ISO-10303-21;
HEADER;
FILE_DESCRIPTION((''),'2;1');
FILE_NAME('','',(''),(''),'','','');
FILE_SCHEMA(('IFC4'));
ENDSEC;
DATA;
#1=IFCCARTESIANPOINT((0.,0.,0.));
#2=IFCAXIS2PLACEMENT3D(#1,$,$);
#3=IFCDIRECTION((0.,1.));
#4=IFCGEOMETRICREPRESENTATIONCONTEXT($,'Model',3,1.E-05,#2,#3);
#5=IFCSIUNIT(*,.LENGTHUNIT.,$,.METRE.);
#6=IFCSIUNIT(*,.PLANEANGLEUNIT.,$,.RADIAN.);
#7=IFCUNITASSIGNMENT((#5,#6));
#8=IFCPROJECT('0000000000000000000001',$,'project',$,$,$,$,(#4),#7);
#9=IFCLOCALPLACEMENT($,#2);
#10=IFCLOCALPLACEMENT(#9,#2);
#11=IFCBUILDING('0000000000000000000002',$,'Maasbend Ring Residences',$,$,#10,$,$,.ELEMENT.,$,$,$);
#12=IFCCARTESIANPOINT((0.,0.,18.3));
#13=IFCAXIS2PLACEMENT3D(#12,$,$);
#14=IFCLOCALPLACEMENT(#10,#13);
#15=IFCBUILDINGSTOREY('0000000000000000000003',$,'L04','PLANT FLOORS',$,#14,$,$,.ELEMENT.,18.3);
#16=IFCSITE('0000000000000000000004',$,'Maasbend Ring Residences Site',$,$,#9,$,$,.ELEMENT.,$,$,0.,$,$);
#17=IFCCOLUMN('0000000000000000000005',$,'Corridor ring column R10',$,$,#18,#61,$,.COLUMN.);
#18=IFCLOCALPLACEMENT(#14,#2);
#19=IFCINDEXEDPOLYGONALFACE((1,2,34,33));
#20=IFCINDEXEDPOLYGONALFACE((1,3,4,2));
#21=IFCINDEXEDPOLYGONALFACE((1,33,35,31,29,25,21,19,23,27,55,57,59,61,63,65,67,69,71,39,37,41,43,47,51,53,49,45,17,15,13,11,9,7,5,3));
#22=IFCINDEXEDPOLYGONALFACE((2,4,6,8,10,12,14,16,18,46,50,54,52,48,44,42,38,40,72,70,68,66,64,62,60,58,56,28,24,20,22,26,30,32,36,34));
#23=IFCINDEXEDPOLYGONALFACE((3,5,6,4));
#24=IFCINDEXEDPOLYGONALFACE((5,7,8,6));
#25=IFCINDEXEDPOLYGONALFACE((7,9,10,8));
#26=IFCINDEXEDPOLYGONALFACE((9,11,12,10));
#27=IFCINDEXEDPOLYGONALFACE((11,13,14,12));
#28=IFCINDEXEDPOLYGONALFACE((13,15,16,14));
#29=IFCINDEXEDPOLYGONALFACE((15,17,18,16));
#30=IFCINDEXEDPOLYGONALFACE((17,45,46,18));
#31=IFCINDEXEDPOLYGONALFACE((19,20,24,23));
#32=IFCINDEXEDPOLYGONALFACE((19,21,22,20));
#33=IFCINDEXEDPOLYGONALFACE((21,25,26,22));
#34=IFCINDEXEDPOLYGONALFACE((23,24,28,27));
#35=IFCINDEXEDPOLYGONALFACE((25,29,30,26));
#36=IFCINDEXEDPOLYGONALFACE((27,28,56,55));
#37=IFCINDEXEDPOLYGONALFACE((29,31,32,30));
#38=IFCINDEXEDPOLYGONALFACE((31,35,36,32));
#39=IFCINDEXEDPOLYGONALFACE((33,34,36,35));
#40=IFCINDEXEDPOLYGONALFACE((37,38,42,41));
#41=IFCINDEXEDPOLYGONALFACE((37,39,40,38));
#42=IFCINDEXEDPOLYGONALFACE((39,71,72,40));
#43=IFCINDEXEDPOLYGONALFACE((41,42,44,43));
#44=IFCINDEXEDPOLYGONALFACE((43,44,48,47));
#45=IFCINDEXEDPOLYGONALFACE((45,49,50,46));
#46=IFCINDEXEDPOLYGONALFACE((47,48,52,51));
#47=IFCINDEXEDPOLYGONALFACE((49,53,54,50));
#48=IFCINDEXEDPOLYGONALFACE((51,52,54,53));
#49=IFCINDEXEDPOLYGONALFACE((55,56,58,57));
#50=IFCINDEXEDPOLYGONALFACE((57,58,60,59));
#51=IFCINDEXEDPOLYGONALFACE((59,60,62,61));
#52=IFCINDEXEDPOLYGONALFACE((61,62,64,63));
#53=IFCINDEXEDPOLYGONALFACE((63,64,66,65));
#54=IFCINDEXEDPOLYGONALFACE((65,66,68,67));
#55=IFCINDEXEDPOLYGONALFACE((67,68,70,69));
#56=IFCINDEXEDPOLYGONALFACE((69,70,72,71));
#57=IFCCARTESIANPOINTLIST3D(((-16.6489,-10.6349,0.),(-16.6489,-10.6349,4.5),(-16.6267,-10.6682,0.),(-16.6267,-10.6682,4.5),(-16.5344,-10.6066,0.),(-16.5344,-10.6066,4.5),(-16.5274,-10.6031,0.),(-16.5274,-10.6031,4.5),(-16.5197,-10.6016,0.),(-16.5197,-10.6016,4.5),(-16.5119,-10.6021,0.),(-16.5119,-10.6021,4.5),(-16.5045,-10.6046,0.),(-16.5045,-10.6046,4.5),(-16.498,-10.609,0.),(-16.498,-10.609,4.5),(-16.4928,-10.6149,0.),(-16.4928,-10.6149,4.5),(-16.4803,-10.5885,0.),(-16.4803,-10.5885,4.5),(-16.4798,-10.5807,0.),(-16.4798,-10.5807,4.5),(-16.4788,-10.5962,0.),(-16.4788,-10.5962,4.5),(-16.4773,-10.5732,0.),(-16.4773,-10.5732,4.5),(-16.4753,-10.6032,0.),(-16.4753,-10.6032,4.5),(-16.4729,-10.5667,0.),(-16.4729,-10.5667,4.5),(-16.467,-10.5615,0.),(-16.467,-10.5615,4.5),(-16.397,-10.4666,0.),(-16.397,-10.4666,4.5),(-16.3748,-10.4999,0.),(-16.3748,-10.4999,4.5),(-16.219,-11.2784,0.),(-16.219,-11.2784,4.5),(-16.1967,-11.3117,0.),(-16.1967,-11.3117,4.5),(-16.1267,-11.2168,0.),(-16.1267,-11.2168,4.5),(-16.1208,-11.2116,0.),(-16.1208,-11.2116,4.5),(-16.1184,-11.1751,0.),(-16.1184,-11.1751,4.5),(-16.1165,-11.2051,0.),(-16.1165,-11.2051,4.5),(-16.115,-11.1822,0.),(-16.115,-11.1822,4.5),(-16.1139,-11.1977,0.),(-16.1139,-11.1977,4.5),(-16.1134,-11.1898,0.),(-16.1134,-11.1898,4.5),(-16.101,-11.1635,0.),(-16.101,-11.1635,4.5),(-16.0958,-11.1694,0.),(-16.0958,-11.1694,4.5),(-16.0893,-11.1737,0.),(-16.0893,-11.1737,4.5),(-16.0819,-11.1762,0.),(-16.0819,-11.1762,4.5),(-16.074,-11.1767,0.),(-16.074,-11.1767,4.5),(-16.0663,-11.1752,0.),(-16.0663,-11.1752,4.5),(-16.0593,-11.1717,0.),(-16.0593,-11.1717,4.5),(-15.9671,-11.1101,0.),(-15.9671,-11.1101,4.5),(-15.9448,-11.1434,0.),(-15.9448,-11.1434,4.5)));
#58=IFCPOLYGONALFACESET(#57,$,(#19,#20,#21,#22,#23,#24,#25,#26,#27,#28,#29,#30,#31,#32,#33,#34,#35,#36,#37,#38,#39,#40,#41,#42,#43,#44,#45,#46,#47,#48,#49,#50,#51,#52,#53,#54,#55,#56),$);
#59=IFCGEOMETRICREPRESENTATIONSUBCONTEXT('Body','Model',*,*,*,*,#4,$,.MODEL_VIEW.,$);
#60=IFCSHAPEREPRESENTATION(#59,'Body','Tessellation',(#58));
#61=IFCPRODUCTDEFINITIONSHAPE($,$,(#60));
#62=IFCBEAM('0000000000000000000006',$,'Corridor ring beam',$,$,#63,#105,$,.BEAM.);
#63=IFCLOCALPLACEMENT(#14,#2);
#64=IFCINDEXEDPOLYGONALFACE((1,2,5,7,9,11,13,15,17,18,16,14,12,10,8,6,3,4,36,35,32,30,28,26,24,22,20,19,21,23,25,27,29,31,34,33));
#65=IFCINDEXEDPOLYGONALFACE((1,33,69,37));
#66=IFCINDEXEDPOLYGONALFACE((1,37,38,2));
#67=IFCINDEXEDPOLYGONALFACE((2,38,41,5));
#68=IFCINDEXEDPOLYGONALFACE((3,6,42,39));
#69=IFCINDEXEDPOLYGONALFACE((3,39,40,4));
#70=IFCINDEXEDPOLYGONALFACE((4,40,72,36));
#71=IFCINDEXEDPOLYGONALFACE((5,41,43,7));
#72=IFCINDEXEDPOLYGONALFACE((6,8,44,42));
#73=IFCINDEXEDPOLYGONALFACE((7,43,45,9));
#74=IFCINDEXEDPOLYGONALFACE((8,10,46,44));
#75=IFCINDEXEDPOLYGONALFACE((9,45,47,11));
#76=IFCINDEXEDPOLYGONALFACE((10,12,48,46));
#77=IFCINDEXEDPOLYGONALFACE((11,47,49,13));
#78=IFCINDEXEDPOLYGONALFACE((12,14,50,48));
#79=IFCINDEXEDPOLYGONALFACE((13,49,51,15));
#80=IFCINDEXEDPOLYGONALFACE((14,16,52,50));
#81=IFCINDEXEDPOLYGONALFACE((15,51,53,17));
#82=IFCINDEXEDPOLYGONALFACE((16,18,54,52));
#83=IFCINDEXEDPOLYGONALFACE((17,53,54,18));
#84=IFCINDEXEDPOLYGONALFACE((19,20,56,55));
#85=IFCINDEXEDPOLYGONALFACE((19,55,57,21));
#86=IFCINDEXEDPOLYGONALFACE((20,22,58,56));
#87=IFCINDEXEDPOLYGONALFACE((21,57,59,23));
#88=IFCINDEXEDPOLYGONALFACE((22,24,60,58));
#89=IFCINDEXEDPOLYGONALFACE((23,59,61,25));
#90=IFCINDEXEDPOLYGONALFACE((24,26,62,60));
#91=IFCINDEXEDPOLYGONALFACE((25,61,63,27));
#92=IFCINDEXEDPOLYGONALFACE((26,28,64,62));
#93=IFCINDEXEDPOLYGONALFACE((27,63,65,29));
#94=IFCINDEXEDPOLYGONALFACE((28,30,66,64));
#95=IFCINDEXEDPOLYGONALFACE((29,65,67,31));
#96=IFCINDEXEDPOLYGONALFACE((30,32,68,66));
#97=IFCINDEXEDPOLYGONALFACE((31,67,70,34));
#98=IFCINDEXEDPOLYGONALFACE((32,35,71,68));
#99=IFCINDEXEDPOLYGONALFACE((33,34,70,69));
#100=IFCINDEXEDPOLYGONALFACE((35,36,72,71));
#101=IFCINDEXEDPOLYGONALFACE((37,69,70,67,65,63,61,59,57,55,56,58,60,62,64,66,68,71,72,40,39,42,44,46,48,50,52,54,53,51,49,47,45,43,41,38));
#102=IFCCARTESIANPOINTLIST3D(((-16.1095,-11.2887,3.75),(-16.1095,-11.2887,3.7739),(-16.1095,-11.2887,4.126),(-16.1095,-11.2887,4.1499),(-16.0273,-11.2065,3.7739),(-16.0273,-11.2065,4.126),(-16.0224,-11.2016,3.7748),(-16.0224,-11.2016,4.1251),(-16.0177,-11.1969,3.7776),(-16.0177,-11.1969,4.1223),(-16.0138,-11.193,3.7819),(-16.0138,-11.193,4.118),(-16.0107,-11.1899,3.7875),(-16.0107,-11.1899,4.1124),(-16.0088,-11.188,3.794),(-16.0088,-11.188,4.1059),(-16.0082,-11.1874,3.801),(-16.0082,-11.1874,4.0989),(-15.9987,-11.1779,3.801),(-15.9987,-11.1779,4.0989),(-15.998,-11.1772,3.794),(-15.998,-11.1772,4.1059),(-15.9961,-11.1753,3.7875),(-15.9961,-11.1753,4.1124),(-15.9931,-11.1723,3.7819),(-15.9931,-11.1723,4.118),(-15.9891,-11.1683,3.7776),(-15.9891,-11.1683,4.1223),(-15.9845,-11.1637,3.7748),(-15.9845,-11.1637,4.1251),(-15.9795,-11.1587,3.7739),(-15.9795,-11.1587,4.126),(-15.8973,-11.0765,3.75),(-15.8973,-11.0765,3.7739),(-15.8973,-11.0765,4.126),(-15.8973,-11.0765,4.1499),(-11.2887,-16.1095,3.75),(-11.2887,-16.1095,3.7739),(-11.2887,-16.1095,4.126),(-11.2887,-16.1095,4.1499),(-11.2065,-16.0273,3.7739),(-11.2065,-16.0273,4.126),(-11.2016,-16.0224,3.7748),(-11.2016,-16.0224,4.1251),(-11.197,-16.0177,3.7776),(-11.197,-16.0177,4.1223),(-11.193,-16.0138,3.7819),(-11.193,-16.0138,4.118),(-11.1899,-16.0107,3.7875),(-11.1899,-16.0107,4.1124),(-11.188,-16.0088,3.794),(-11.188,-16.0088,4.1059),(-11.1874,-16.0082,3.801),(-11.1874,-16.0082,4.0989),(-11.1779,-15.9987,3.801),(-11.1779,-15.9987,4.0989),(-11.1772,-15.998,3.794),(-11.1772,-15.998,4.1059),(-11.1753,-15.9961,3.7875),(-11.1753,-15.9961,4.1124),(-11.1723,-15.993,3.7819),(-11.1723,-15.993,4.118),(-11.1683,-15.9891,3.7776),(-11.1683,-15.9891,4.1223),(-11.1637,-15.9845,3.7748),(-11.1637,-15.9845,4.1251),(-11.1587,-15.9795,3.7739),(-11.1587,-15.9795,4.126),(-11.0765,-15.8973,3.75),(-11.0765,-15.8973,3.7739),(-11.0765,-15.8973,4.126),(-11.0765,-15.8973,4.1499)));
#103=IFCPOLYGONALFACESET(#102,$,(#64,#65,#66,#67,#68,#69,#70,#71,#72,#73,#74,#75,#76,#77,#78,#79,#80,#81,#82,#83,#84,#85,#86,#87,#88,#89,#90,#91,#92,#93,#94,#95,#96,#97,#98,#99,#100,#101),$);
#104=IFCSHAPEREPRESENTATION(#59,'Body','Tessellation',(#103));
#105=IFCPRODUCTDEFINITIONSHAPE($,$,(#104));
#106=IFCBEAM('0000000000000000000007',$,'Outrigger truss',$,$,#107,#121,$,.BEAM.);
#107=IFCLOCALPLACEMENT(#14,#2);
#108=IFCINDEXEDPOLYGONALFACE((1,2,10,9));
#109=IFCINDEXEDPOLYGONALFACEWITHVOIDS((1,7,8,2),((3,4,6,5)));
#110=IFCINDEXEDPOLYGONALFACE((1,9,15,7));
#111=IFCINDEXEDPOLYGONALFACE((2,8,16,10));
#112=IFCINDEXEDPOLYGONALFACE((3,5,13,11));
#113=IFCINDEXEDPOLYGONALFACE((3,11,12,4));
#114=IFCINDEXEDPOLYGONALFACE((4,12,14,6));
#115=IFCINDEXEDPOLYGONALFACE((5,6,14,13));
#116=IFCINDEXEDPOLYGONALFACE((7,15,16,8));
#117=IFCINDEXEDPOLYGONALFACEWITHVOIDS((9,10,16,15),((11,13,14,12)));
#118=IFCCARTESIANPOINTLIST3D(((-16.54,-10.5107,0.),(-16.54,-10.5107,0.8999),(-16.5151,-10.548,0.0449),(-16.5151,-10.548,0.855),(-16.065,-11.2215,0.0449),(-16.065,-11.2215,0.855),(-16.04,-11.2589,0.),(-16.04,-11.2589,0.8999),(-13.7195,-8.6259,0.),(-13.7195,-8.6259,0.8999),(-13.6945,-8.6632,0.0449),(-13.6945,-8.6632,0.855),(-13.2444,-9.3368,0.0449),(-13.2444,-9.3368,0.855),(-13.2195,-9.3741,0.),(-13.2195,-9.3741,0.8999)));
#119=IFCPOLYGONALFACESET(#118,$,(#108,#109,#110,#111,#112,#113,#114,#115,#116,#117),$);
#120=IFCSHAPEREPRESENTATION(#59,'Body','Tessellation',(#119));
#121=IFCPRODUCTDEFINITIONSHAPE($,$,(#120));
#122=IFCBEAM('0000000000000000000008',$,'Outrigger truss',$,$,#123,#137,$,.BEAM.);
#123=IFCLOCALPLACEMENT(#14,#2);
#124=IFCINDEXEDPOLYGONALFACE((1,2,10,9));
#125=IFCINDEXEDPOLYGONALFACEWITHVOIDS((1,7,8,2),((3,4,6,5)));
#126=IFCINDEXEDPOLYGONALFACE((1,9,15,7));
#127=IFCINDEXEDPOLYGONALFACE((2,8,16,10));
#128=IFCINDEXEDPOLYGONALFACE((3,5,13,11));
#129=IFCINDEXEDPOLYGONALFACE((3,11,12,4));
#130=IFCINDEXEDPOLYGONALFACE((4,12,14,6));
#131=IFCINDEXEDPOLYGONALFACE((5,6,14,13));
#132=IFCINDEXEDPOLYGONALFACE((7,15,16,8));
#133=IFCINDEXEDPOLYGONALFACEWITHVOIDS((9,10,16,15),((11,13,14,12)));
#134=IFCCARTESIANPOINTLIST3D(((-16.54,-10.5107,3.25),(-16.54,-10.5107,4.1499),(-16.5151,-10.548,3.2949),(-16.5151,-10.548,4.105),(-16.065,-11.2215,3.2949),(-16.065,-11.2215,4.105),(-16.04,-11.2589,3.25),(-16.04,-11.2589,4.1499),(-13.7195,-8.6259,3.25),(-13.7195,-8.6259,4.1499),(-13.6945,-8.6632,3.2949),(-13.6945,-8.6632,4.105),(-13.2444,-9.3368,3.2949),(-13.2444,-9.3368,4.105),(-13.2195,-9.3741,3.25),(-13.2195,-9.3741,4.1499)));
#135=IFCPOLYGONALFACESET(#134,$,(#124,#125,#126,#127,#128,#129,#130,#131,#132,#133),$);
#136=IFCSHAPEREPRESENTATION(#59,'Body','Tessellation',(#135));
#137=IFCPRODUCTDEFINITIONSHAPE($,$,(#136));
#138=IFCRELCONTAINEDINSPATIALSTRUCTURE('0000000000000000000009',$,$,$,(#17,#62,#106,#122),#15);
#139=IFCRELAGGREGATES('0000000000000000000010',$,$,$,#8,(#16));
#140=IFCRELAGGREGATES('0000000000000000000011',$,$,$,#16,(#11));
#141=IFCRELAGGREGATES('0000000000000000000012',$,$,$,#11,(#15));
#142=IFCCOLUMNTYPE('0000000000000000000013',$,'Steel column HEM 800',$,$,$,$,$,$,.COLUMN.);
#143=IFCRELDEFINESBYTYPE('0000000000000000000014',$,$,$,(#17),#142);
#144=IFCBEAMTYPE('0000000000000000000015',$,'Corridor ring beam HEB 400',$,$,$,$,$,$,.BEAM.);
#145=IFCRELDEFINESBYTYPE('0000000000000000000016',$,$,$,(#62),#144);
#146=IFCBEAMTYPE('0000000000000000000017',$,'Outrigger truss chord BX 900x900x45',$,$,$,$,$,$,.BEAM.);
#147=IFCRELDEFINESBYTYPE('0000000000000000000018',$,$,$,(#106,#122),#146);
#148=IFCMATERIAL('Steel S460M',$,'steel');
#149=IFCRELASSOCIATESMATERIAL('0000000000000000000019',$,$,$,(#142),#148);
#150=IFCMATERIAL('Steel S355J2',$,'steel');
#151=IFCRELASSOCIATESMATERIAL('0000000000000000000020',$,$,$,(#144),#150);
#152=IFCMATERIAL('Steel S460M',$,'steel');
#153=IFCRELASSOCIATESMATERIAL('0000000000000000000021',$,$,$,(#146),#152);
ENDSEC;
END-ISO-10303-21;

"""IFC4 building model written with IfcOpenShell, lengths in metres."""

from ifc_helpers import new_model, si_unit, direction, frame, origin, origin_2d, place, context, subcontext, project, spatial, hollow_rectangle, i_section, extrude, material, material_profile, profile_set, type_object, element, save


model = new_model("IFC4")

# Units and contexts
model_context = context("Model", 3, precision=1e-05, world=origin(), true_north=direction((0.0, 1.0)))
body_context = subcontext(model_context, "Body", "Model", "MODEL_VIEW")
ifc_project = project(units=[si_unit("LENGTHUNIT", "METRE"), si_unit("PLANEANGLEUNIT", "RADIAN")], contexts=[model_context])

# Site, building, storey
site_placement = place(None, origin())
site = spatial("IfcSite", under=ifc_project, at=site_placement, Name="Maasbend Ring Residences Site", CompositionType="ELEMENT", RefElevation=0.0)
building_placement = place(site_placement, origin())
building = spatial("IfcBuilding", under=site, at=building_placement, Name="Maasbend Ring Residences", CompositionType="ELEMENT")
storey_placement = place(building_placement, frame((0.0, 0.0, 18.3)))
storey = spatial("IfcBuildingStorey", under=building, at=storey_placement, Name="L04", Description="PLANT FLOORS", CompositionType="ELEMENT", Elevation=18.3)

# Column
ifc_material_1 = material(Name="Steel S460M", Category="steel")
ifc_material_profile_1 = material_profile(ifc_material_1, i_section(OverallWidth=0.303, OverallDepth=0.814, WebThickness=0.021, FlangeThickness=0.04, FilletRadius=0.03, at=origin_2d()), Name="HEM 800")
ifc_profile_set_1 = profile_set([ifc_material_profile_1], Name="Steel S460M")
column_type = type_object("IfcColumnType", Name="Steel column HEM 800", PredefinedType="COLUMN", material=ifc_profile_set_1)
column_placement = place(storey_placement, frame((-16.2969, -10.8892, 0.0), z_axis=(0.0, 0.0, 1.0), x_axis=(-0.83147, -0.55557, 0.0)))
element("IfcColumn", 1, at=column_placement, inside=storey, type_object=column_type, Name="Corridor ring column R10", PredefinedType="COLUMN", context=body_context, shape_type="SweptSolid", body=[
    extrude(i_section(OverallWidth=0.303, OverallDepth=0.814, WebThickness=0.021, FlangeThickness=0.04, FilletRadius=0.03, at=origin_2d()), origin(), (0.0, 0.0, 1.0), 4.5),
])

# Beams
ifc_material_2 = material(Name="Steel S355J2", Category="steel")
ifc_material_profile_2 = material_profile(ifc_material_2, i_section(OverallWidth=0.3, OverallDepth=0.3999, WebThickness=0.0134, FlangeThickness=0.0239, FilletRadius=0.0271, at=origin_2d()), Name="HEB 400")
ifc_profile_set_2 = profile_set([ifc_material_profile_2], Name="Steel S355J2")
beam_type_1 = type_object("IfcBeamType", Name="Corridor ring beam HEB 400", PredefinedType="BEAM", material=ifc_profile_set_2)
beam_placement = place(storey_placement, frame((-16.0034, -11.1826, 3.95), z_axis=(0.707107, -0.707107, 0.0), x_axis=(0.707107, 0.707107, 0.0)))
element("IfcBeam", 2, at=beam_placement, inside=storey, type_object=beam_type_1, Name="Corridor ring beam", PredefinedType="BEAM", context=body_context, shape_type="SweptSolid", body=[
    extrude(i_section(OverallWidth=0.3, OverallDepth=0.3999, WebThickness=0.0134, FlangeThickness=0.0239, FilletRadius=0.0271, at=origin_2d()), origin(), (0.0, 0.0, 1.0), 6.8176),
])
ifc_material_3 = material(Name="Steel S460M", Category="steel")
ifc_material_profile_3 = material_profile(ifc_material_3, hollow_rectangle(XDim=0.8999, YDim=0.8999, WallThickness=0.0449, at=origin_2d()), Name="Outrigger truss chord BX 900x900x45")
ifc_profile_set_3 = profile_set([ifc_material_profile_3], Name="Steel S460M")
beam_type_2 = type_object("IfcBeamType", Name="Outrigger truss chord BX 900x900x45", PredefinedType="BEAM", material=ifc_profile_set_3)
for number, where, z_axis, x_axis, name in (
    (3, (-16.29, -10.8848, 0.45), (0.831452, 0.555597, 0.0), (-0.555597, 0.831452, 0.0), "Outrigger truss"),
    (4, (-16.29, -10.8848, 3.7), (0.831452, 0.555597, 0.0), (-0.555597, 0.831452, 0.0), "Outrigger truss"),
):
    element("IfcBeam", number, at=place(storey_placement, frame(where, z_axis=z_axis, x_axis=x_axis)), inside=storey, type_object=beam_type_2, Name=name, PredefinedType="BEAM", context=body_context, shape_type="SweptSolid", body=[
        extrude(hollow_rectangle(XDim=0.8999, YDim=0.8999, WallThickness=0.0449, at=origin_2d()), origin(), (0.0, 0.0, 1.0), 3.3923),
    ])

save(model, "model.ifc")
